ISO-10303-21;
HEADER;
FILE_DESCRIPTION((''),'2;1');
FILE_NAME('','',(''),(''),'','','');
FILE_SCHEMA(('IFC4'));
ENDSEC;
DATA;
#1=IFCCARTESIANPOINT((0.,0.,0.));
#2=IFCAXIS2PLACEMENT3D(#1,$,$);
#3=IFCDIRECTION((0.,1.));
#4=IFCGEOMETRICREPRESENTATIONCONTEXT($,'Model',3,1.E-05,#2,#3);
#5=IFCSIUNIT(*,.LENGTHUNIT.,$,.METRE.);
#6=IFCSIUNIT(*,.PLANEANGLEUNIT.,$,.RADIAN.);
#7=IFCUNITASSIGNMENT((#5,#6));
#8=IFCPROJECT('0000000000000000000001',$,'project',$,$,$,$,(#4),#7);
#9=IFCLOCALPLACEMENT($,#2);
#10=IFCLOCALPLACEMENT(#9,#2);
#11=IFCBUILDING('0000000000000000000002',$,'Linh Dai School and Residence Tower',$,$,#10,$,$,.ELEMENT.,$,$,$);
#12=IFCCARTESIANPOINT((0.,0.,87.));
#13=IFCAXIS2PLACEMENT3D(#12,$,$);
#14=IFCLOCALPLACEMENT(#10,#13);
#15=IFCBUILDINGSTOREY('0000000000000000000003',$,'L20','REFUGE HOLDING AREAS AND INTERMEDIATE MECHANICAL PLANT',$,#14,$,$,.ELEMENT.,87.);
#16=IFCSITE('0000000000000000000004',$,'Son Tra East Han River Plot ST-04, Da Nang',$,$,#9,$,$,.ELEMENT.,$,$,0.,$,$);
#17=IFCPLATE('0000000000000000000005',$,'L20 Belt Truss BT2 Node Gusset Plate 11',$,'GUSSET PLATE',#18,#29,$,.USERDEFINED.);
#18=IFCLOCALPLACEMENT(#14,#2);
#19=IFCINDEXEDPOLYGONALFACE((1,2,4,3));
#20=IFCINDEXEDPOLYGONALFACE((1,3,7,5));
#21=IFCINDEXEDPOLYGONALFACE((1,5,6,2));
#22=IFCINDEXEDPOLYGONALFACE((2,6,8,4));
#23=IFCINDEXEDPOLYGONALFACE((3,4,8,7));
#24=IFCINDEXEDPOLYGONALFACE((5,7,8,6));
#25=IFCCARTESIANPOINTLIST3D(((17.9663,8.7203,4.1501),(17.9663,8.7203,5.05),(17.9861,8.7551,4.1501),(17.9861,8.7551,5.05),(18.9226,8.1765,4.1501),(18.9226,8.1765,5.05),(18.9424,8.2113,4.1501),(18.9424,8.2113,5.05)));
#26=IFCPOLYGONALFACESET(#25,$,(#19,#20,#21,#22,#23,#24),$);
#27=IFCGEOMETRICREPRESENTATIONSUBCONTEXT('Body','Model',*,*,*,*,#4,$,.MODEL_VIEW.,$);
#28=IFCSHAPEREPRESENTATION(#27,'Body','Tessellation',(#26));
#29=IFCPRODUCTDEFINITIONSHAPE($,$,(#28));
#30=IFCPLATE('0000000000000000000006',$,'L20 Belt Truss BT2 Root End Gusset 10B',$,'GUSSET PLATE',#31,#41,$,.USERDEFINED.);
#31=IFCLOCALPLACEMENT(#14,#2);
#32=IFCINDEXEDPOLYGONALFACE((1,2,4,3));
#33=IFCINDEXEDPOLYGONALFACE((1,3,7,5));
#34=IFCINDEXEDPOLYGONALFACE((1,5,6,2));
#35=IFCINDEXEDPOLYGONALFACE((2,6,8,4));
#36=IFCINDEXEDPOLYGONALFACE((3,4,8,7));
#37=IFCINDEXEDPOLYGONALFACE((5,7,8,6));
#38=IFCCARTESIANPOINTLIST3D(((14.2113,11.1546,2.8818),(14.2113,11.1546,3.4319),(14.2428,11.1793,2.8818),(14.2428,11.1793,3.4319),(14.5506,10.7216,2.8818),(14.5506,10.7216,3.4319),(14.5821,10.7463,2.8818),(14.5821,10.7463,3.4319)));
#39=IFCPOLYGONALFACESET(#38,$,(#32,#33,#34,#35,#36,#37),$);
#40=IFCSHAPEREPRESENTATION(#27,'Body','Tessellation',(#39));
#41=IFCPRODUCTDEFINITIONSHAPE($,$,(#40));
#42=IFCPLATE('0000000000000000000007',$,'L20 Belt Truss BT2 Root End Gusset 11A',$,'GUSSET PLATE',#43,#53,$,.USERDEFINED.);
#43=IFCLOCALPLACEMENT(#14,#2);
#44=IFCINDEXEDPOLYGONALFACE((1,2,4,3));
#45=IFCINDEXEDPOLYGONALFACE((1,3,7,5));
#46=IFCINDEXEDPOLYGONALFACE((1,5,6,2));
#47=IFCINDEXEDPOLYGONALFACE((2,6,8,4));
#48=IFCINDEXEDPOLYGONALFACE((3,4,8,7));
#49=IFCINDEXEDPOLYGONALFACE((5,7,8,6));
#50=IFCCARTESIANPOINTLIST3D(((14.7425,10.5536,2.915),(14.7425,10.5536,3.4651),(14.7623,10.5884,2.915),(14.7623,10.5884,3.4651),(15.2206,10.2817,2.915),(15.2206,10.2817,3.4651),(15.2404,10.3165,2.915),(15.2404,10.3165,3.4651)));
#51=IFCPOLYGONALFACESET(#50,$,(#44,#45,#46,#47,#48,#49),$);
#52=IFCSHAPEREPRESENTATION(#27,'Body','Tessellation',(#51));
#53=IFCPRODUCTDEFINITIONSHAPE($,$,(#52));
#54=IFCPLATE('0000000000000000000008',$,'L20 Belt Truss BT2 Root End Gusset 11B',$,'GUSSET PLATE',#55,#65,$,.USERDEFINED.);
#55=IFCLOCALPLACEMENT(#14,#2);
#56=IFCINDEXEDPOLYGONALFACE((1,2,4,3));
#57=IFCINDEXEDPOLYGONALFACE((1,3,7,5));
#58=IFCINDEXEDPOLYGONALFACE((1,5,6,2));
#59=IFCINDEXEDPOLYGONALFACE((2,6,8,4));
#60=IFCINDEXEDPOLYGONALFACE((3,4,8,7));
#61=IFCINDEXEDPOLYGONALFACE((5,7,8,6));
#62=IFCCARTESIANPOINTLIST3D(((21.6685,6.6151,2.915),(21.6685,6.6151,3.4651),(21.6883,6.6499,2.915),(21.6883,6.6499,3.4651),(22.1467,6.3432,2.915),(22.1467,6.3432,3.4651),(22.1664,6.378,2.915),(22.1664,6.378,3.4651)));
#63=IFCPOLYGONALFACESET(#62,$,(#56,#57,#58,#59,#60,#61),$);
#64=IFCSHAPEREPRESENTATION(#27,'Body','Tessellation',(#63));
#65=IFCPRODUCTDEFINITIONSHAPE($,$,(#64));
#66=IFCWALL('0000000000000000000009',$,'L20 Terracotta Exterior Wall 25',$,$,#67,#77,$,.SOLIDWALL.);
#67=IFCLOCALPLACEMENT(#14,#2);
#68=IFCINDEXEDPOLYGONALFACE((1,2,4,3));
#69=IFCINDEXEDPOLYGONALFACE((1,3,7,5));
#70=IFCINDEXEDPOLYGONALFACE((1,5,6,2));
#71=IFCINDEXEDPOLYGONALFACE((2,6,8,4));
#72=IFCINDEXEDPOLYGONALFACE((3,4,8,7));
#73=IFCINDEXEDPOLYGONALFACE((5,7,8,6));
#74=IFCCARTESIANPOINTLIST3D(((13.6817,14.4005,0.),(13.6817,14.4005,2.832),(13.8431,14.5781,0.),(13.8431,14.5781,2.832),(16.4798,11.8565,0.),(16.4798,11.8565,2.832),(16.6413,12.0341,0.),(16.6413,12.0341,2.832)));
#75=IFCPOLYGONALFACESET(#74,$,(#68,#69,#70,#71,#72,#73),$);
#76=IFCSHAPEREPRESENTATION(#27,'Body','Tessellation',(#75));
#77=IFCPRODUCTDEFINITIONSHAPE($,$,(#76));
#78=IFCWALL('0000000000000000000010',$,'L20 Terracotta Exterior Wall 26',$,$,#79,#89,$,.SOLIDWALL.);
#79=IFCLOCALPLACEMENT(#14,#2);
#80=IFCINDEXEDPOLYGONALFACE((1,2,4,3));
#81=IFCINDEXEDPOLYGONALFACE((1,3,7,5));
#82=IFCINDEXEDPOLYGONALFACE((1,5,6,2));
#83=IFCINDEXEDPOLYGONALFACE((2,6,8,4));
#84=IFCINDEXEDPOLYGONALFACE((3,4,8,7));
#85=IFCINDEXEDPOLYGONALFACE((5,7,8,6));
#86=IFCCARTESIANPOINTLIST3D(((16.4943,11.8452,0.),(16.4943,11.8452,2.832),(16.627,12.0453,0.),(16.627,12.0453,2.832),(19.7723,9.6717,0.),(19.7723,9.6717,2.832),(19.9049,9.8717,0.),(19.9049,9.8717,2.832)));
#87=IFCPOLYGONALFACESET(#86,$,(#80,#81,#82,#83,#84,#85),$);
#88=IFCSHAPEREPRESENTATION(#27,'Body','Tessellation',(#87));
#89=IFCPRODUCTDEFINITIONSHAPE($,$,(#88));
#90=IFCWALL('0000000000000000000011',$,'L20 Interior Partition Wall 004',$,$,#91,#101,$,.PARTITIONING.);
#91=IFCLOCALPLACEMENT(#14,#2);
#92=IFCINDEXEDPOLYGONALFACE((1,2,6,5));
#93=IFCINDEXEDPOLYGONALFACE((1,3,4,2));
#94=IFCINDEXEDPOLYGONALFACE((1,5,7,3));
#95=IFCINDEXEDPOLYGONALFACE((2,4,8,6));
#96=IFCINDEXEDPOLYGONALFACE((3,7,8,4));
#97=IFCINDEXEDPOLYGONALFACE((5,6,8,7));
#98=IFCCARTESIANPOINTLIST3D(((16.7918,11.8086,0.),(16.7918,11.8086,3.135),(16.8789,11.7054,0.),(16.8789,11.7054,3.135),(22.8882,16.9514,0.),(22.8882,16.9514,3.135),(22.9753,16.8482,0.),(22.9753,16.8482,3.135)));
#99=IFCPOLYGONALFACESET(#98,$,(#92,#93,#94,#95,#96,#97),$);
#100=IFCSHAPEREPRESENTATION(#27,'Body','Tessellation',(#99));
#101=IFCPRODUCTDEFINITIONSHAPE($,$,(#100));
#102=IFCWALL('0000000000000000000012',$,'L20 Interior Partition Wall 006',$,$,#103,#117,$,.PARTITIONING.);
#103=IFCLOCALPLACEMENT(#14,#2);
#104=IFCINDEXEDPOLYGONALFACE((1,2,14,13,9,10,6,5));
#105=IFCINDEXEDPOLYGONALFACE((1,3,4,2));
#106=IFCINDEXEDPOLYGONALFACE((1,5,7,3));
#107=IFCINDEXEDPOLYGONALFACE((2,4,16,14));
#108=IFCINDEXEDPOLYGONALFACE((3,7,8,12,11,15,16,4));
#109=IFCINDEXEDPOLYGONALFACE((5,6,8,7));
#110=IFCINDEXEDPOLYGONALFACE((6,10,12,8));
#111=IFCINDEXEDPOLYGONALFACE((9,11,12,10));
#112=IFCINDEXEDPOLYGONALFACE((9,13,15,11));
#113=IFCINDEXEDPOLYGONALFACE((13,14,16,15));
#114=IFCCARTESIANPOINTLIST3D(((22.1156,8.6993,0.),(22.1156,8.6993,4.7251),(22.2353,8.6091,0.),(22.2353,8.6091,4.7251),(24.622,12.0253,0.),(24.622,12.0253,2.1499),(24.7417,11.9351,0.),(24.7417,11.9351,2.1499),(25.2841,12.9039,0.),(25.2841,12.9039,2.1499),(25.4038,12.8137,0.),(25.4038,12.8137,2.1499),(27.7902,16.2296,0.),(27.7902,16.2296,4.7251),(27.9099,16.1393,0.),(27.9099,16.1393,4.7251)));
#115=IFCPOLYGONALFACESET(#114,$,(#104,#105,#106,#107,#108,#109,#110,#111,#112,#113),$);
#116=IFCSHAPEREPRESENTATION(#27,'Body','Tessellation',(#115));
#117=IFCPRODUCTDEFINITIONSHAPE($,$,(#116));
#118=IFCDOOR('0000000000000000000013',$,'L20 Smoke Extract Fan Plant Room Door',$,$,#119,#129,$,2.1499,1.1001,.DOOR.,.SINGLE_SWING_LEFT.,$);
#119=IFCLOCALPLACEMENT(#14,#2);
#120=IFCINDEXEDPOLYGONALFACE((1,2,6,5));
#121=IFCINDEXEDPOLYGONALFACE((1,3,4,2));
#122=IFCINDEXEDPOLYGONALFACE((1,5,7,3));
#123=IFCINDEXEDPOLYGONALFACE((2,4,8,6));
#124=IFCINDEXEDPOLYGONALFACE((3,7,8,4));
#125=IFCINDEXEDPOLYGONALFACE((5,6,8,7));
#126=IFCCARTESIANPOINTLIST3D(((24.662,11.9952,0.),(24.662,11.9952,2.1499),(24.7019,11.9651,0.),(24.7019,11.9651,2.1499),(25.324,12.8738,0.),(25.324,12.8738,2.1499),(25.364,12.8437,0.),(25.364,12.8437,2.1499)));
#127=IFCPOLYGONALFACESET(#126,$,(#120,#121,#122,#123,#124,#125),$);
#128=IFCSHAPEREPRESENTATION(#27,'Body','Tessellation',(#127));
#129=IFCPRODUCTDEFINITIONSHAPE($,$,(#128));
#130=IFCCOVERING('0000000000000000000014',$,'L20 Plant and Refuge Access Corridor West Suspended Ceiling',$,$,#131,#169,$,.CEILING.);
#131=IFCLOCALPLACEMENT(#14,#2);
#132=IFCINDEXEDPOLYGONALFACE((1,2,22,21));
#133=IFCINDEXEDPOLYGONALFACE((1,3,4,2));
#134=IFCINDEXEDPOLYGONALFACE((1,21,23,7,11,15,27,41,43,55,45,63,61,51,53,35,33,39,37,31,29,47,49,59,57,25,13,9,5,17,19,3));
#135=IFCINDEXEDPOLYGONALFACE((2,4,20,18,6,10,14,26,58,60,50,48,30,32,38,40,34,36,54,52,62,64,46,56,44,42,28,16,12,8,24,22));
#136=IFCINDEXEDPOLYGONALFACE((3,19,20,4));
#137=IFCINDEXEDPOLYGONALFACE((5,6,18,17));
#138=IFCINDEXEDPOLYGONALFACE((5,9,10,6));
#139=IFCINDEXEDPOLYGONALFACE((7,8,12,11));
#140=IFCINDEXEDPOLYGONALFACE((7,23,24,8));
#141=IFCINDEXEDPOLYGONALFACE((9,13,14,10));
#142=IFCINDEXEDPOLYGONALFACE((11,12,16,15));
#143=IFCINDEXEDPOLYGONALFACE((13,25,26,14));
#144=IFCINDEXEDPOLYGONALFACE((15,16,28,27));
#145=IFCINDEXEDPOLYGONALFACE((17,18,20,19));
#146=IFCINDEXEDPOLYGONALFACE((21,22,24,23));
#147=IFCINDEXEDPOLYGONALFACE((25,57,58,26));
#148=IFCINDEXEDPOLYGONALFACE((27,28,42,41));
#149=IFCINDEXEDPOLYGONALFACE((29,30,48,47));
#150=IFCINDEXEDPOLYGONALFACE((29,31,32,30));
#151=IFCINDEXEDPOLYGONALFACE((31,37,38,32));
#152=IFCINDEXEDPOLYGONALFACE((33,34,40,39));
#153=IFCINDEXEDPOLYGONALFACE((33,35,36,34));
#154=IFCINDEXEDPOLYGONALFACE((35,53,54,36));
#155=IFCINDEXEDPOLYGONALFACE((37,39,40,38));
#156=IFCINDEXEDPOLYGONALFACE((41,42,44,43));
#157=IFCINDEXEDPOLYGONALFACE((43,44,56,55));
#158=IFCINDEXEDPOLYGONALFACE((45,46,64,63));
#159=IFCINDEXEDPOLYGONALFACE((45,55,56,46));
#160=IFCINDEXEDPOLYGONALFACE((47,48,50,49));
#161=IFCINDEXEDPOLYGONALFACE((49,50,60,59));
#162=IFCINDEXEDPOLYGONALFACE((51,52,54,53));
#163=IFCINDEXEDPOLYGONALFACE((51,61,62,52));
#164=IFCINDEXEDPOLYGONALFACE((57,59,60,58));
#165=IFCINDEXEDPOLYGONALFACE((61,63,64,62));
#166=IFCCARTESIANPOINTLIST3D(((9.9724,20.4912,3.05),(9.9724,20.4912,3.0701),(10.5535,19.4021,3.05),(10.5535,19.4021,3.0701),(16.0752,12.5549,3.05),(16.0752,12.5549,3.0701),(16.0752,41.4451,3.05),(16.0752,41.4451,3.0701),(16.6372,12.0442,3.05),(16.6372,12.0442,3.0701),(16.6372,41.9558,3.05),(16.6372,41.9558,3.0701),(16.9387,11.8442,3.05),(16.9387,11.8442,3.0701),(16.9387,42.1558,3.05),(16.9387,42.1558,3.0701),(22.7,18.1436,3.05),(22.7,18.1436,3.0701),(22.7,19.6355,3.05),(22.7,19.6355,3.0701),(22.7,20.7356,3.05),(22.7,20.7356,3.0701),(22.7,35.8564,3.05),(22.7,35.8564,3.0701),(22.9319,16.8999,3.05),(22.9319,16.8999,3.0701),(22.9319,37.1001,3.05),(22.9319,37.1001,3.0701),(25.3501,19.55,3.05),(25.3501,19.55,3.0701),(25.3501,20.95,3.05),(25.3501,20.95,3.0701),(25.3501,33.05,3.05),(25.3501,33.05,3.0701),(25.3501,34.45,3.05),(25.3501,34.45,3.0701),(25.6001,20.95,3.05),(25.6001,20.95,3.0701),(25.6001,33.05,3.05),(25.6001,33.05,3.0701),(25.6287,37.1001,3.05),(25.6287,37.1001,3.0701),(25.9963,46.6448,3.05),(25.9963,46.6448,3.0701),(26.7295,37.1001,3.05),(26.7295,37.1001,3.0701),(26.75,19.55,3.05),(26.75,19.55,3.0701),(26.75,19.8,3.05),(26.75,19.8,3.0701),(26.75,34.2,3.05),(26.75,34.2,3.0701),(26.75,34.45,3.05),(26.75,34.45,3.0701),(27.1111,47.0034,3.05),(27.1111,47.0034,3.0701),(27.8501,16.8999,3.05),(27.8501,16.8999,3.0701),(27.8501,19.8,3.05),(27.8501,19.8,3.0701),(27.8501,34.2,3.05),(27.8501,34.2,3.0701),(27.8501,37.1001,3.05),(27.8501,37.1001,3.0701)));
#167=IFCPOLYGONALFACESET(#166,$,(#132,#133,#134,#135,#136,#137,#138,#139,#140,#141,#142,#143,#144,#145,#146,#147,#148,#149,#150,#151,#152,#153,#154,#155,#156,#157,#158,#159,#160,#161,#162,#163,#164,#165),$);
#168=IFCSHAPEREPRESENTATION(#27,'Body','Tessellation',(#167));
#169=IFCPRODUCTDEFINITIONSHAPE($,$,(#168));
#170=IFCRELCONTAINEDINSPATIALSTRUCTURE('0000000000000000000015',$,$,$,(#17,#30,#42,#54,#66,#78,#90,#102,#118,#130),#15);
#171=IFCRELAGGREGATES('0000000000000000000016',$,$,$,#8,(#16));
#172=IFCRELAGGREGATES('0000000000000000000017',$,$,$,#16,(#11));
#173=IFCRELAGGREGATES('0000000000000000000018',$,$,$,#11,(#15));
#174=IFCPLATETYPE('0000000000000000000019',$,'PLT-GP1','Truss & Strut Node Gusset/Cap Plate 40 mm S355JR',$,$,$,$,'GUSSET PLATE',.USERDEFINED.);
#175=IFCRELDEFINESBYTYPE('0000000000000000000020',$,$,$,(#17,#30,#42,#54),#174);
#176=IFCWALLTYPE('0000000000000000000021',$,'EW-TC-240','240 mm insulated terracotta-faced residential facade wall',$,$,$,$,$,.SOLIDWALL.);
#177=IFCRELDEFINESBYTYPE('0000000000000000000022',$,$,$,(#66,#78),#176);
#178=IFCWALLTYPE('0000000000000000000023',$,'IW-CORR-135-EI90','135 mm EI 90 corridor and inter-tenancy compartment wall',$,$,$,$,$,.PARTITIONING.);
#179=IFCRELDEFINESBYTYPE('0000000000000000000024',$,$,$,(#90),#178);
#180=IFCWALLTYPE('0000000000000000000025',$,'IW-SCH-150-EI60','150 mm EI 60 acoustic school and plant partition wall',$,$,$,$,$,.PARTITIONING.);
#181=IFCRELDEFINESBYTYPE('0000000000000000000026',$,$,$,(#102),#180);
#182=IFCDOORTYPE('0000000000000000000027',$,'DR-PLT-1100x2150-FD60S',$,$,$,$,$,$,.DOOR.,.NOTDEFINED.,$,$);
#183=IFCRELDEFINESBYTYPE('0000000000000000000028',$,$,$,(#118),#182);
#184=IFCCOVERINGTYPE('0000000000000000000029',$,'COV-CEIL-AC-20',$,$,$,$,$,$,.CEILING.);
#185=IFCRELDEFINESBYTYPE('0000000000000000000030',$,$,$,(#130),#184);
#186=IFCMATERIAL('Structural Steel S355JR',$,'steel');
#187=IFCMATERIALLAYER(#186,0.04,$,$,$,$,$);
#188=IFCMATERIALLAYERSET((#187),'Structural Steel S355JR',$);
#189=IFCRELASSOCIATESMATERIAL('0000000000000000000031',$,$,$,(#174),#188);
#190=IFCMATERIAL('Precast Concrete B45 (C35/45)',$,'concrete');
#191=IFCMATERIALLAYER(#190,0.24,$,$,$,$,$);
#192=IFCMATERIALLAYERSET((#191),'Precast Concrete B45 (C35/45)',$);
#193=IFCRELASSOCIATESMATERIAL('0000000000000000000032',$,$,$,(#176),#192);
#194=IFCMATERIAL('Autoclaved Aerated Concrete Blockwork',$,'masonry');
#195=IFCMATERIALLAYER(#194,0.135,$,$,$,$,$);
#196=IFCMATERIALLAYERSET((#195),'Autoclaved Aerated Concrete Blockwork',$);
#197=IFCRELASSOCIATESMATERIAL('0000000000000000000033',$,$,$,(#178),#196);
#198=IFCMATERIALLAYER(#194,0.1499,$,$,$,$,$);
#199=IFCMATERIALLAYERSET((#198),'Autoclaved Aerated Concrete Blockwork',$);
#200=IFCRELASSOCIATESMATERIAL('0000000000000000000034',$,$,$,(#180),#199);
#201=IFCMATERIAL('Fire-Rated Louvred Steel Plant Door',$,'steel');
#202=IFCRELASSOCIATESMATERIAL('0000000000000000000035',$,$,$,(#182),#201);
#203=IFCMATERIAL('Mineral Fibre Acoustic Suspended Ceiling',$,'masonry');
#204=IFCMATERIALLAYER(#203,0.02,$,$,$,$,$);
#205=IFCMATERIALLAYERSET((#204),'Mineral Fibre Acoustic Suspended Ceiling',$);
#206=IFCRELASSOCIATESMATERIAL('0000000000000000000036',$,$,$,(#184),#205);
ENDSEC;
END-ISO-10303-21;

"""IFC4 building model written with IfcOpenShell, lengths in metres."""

from ifc_helpers import new_model, si_unit, direction, frame, frame_2d, origin, origin_2d, place, context, subcontext, project, spatial, polyline, rectangle, outline, extrude, source, transform, mapped, material, layer, layer_set, type_object, element, fill, save


model = new_model("IFC4")

# Units and contexts
model_context = context("Model", 3, precision=1e-05, world=origin(), true_north=direction((0.0, 1.0)))
body_context = subcontext(model_context, "Body", "Model", "MODEL_VIEW")
ifc_project = project(units=[si_unit("LENGTHUNIT", "METRE"), si_unit("PLANEANGLEUNIT", "RADIAN")], contexts=[model_context])

# Site, building, storey
site_placement = place(None, origin())
site = spatial("IfcSite", under=ifc_project, at=site_placement, Name="Son Tra East Han River Plot ST-04, Da Nang", CompositionType="ELEMENT", RefElevation=0.0)
building_placement = place(site_placement, origin())
building = spatial("IfcBuilding", under=site, at=building_placement, Name="Linh Dai School and Residence Tower", CompositionType="ELEMENT")
storey_placement = place(building_placement, frame((0.0, 0.0, 87.0)))
storey = spatial("IfcBuildingStorey", under=building, at=storey_placement, Name="L20", Description="REFUGE HOLDING AREAS AND INTERMEDIATE MECHANICAL PLANT", CompositionType="ELEMENT", Elevation=87.0)

# Shared definitions
ifc_material_1 = material(Name="Structural Steel S355JR", Category="steel")

# Plates
ifc_layer_1 = layer(ifc_material_1, 0.04)
ifc_layer_set_1 = layer_set([ifc_layer_1], Name="Structural Steel S355JR")
plate_type = type_object("IfcPlateType", Name="PLT-GP1", Description="Truss & Strut Node Gusset/Cap Plate 40 mm S355JR", ElementType="GUSSET PLATE", PredefinedType="USERDEFINED", material=ifc_layer_set_1)
shared_shape_1 = source(origin(), body_context, "Body", "SweptSolid", [
    extrude(rectangle(XDim=1.1001, YDim=0.04, at=origin_2d()), origin(), (0.0, 0.0, 1.0), 0.8999),
])
plate_1_placement = place(storey_placement, frame((18.4543, 8.4658, 4.1501), z_axis=(0.0, 0.0, 1.0), x_axis=(0.869278, -0.494323, 0.0)))
element("IfcPlate", 1, at=plate_1_placement, inside=storey, type_object=plate_type, Name="L20 Belt Truss BT2 Node Gusset Plate 11", ObjectType="GUSSET PLATE", PredefinedType="USERDEFINED", context=body_context, shape_type="MappedRepresentation", body=[
    mapped(shared_shape_1, transform((0.0, 0.0, 0.0), x_axis=(1.0, 0.0, 0.0), y_axis=(0.0, 1.0, 0.0), z_axis=(0.0, 0.0, 1.0), scale=1.0)),
])
shared_shape_2 = source(origin(), body_context, "Body", "SweptSolid", [
    extrude(rectangle(XDim=0.55, YDim=0.04, at=origin_2d()), origin(), (0.0, 0.0, 1.0), 0.55),
])
for number, where, z_axis, x_axis, name in (
    (2, (14.3967, 10.9504, 2.8818), (0.0, 0.0, 1.0), (0.616865, -0.787069, 0.0), "L20 Belt Truss BT2 Root End Gusset 10B"),
    (3, (14.9915, 10.4351, 2.915), (0.0, 0.0, 1.0), (0.869278, -0.494323, 0.0), "L20 Belt Truss BT2 Root End Gusset 11A"),
    (4, (21.9175, 6.4966, 2.915), (0.0, 0.0, 1.0), (0.869278, -0.494323, 0.0), "L20 Belt Truss BT2 Root End Gusset 11B"),
):
    element("IfcPlate", number, at=place(storey_placement, frame(where, z_axis=z_axis, x_axis=x_axis)), inside=storey, type_object=plate_type, Name=name, ObjectType="GUSSET PLATE", PredefinedType="USERDEFINED", context=body_context, shape_type="MappedRepresentation", body=[
        mapped(shared_shape_2, transform((0.0, 0.0, 0.0), x_axis=(1.0, 0.0, 0.0), y_axis=(0.0, 1.0, 0.0), z_axis=(0.0, 0.0, 1.0), scale=1.0)),
    ])

# Walls
ifc_material_2 = material(Name="Precast Concrete B45 (C35/45)", Category="concrete")
ifc_layer_2 = layer(ifc_material_2, 0.24)
ifc_layer_set_2 = layer_set([ifc_layer_2], Name="Precast Concrete B45 (C35/45)")
wall_type_1 = type_object("IfcWallType", Name="EW-TC-240", Description="240 mm insulated terracotta-faced residential facade wall", PredefinedType="SOLIDWALL", material=ifc_layer_set_2)
wall_1_placement = place(storey_placement, frame((16.5605, 11.9453, 0.0), z_axis=(0.0, 0.0, 1.0), x_axis=(-0.739911, 0.672705, 0.0)))
element("IfcWall", 5, at=wall_1_placement, inside=storey, type_object=wall_type_1, Name="L20 Terracotta Exterior Wall 25", PredefinedType="SOLIDWALL", context=body_context, shape_type="SweptSolid", body=[
    extrude(rectangle(XDim=3.7817, YDim=0.24, at=frame_2d((1.8909, 0.0))), origin(), (0.0, 0.0, 1.0), 2.832),
])
wall_2_placement = place(storey_placement, frame((19.8386, 9.7717, 0.0), z_axis=(0.0, 0.0, 1.0), x_axis=(-0.833432, 0.552621, 0.0)))
element("IfcWall", 6, at=wall_2_placement, inside=storey, type_object=wall_type_1, Name="L20 Terracotta Exterior Wall 26", PredefinedType="SOLIDWALL", context=body_context, shape_type="SweptSolid", body=[
    extrude(rectangle(XDim=3.9331, YDim=0.24, at=frame_2d((1.9666, 0.0))), origin(), (0.0, 0.0, 1.0), 2.832),
])
ifc_material_3 = material(Name="Autoclaved Aerated Concrete Blockwork", Category="masonry")
ifc_layer_3 = layer(ifc_material_3, 0.135)
ifc_layer_set_3 = layer_set([ifc_layer_3], Name="Autoclaved Aerated Concrete Blockwork")
wall_type_2 = type_object("IfcWallType", Name="IW-CORR-135-EI90", Description="135 mm EI 90 corridor and inter-tenancy compartment wall", PredefinedType="PARTITIONING", material=ifc_layer_set_3)
wall_3_placement = place(storey_placement, frame((16.8354, 11.7571, 0.0), z_axis=(0.0, 0.0, 1.0), x_axis=(0.764356, 0.644794, 0.0)))
element("IfcWall", 7, at=wall_3_placement, inside=storey, type_object=wall_type_2, Name="L20 Interior Partition Wall 004", PredefinedType="PARTITIONING", context=body_context, shape_type="SweptSolid", body=[
    extrude(rectangle(XDim=7.9758, YDim=0.135, at=frame_2d((3.9878, 0.0))), origin(), (0.0, 0.0, 1.0), 3.135),
])

# Wall, opening, door
ifc_layer_4 = layer(ifc_material_3, 0.1499)
ifc_layer_set_4 = layer_set([ifc_layer_4], Name="Autoclaved Aerated Concrete Blockwork")
wall_type_3 = type_object("IfcWallType", Name="IW-SCH-150-EI60", Description="150 mm EI 60 acoustic school and plant partition wall", PredefinedType="PARTITIONING", material=ifc_layer_set_4)
wall_4_placement = place(storey_placement, frame((22.1755, 8.6543, 0.0), z_axis=(0.0, 0.0, 1.0), x_axis=(0.601821, 0.798631, 0.0)))
wall_4 = element("IfcWall", 8, at=wall_4_placement, inside=storey, type_object=wall_type_3, Name="L20 Interior Partition Wall 006", PredefinedType="PARTITIONING", context=body_context, shape_type="SweptSolid", body=[
    extrude(rectangle(XDim=9.429, YDim=0.1499, at=frame_2d((4.7144, 0.0))), origin(), (0.0, 0.0, 1.0), 4.7251),
])
opening_placement = place(wall_4_placement, frame((4.1646, 0.0, 0.0)))
opening = element("IfcOpeningElement", 9, at=opening_placement, cuts=wall_4, PredefinedType="OPENING", context=body_context, shape_type="SweptSolid", body=[
    extrude(rectangle(XDim=1.1001, YDim=2.1499, at=origin_2d()), frame((0.55, 0.085, 1.075), z_axis=(0.0, -1.0, 0.0), x_axis=(1.0, 0.0, 0.0)), (0.0, 0.0, 1.0), 0.1699),
])
ifc_material_4 = material(Name="Fire-Rated Louvred Steel Plant Door", Category="steel")
door_type = type_object("IfcDoorType", Name="DR-PLT-1100x2150-FD60S", OperationType="NOTDEFINED", PredefinedType="DOOR", material=ifc_material_4)
shared_shape_3 = source(origin(), body_context, "Body", "SweptSolid", [
    extrude(rectangle(XDim=1.1001, YDim=2.1499, at=origin_2d()), frame((0.55, 0.0249, 1.075), z_axis=(0.0, -1.0, 0.0), x_axis=(1.0, 0.0, 0.0)), (0.0, 0.0, 1.0), 0.05),
])
door_placement = place(opening_placement, origin())
door = element("IfcDoor", 10, at=door_placement, inside=storey, type_object=door_type, Name="L20 Smoke Extract Fan Plant Room Door", OperationType="SINGLE_SWING_LEFT", OverallHeight=2.1499, OverallWidth=1.1001, PredefinedType="DOOR", context=body_context, shape_type="MappedRepresentation", body=[
    mapped(shared_shape_3, transform((0.0, 0.0, 0.0), x_axis=(1.0, 0.0, 0.0), y_axis=(0.0, 1.0, 0.0), z_axis=(0.0, 0.0, 1.0), scale=1.0)),
])
fill(opening, door)

# Covering
ifc_material_5 = material(Name="Mineral Fibre Acoustic Suspended Ceiling", Category="masonry")
ifc_layer_5 = layer(ifc_material_5, 0.02)
ifc_layer_set_5 = layer_set([ifc_layer_5], Name="Mineral Fibre Acoustic Suspended Ceiling")
covering_type_1 = type_object("IfcCoveringType", Name="COV-CEIL-AC-20", PredefinedType="CEILING", material=ifc_layer_set_5)
covering_1_placement = place(storey_placement, frame((0.0, 0.0, 3.05)))
element("IfcCovering", 11, at=covering_1_placement, inside=storey, type_object=covering_type_1, Name="L20 Plant and Refuge Access Corridor West Suspended Ceiling", PredefinedType="CEILING", context=body_context, shape_type="SweptSolid", body=[
    extrude(outline(polyline([(22.7, 20.7356), (22.7, 35.8564), (16.0752, 41.4451), (16.6372, 41.9558), (16.9387, 42.1558), (22.9319, 37.1001), (25.6287, 37.1001), (25.9963, 46.6448), (27.1111, 47.0034), (26.7295, 37.1001), (27.8501, 37.1001), (27.8501, 34.2), (26.75, 34.2), (26.75, 34.45), (25.3501, 34.45), (25.3501, 33.05), (25.6001, 33.05), (25.6001, 20.95), (25.3501, 20.95), (25.3501, 19.55), (26.75, 19.55), (26.75, 19.8), (27.8501, 19.8), (27.8501, 16.8999), (22.9319, 16.8999), (16.9387, 11.8442), (16.6372, 12.0442), (16.0752, 12.5549), (22.7, 18.1436), (22.7, 19.6355), (10.5535, 19.4021), (9.9724, 20.4912), (22.7, 20.7356)])), origin(), (0.0, 0.0, 1.0), 0.02),
])

save(model, "model.ifc")
